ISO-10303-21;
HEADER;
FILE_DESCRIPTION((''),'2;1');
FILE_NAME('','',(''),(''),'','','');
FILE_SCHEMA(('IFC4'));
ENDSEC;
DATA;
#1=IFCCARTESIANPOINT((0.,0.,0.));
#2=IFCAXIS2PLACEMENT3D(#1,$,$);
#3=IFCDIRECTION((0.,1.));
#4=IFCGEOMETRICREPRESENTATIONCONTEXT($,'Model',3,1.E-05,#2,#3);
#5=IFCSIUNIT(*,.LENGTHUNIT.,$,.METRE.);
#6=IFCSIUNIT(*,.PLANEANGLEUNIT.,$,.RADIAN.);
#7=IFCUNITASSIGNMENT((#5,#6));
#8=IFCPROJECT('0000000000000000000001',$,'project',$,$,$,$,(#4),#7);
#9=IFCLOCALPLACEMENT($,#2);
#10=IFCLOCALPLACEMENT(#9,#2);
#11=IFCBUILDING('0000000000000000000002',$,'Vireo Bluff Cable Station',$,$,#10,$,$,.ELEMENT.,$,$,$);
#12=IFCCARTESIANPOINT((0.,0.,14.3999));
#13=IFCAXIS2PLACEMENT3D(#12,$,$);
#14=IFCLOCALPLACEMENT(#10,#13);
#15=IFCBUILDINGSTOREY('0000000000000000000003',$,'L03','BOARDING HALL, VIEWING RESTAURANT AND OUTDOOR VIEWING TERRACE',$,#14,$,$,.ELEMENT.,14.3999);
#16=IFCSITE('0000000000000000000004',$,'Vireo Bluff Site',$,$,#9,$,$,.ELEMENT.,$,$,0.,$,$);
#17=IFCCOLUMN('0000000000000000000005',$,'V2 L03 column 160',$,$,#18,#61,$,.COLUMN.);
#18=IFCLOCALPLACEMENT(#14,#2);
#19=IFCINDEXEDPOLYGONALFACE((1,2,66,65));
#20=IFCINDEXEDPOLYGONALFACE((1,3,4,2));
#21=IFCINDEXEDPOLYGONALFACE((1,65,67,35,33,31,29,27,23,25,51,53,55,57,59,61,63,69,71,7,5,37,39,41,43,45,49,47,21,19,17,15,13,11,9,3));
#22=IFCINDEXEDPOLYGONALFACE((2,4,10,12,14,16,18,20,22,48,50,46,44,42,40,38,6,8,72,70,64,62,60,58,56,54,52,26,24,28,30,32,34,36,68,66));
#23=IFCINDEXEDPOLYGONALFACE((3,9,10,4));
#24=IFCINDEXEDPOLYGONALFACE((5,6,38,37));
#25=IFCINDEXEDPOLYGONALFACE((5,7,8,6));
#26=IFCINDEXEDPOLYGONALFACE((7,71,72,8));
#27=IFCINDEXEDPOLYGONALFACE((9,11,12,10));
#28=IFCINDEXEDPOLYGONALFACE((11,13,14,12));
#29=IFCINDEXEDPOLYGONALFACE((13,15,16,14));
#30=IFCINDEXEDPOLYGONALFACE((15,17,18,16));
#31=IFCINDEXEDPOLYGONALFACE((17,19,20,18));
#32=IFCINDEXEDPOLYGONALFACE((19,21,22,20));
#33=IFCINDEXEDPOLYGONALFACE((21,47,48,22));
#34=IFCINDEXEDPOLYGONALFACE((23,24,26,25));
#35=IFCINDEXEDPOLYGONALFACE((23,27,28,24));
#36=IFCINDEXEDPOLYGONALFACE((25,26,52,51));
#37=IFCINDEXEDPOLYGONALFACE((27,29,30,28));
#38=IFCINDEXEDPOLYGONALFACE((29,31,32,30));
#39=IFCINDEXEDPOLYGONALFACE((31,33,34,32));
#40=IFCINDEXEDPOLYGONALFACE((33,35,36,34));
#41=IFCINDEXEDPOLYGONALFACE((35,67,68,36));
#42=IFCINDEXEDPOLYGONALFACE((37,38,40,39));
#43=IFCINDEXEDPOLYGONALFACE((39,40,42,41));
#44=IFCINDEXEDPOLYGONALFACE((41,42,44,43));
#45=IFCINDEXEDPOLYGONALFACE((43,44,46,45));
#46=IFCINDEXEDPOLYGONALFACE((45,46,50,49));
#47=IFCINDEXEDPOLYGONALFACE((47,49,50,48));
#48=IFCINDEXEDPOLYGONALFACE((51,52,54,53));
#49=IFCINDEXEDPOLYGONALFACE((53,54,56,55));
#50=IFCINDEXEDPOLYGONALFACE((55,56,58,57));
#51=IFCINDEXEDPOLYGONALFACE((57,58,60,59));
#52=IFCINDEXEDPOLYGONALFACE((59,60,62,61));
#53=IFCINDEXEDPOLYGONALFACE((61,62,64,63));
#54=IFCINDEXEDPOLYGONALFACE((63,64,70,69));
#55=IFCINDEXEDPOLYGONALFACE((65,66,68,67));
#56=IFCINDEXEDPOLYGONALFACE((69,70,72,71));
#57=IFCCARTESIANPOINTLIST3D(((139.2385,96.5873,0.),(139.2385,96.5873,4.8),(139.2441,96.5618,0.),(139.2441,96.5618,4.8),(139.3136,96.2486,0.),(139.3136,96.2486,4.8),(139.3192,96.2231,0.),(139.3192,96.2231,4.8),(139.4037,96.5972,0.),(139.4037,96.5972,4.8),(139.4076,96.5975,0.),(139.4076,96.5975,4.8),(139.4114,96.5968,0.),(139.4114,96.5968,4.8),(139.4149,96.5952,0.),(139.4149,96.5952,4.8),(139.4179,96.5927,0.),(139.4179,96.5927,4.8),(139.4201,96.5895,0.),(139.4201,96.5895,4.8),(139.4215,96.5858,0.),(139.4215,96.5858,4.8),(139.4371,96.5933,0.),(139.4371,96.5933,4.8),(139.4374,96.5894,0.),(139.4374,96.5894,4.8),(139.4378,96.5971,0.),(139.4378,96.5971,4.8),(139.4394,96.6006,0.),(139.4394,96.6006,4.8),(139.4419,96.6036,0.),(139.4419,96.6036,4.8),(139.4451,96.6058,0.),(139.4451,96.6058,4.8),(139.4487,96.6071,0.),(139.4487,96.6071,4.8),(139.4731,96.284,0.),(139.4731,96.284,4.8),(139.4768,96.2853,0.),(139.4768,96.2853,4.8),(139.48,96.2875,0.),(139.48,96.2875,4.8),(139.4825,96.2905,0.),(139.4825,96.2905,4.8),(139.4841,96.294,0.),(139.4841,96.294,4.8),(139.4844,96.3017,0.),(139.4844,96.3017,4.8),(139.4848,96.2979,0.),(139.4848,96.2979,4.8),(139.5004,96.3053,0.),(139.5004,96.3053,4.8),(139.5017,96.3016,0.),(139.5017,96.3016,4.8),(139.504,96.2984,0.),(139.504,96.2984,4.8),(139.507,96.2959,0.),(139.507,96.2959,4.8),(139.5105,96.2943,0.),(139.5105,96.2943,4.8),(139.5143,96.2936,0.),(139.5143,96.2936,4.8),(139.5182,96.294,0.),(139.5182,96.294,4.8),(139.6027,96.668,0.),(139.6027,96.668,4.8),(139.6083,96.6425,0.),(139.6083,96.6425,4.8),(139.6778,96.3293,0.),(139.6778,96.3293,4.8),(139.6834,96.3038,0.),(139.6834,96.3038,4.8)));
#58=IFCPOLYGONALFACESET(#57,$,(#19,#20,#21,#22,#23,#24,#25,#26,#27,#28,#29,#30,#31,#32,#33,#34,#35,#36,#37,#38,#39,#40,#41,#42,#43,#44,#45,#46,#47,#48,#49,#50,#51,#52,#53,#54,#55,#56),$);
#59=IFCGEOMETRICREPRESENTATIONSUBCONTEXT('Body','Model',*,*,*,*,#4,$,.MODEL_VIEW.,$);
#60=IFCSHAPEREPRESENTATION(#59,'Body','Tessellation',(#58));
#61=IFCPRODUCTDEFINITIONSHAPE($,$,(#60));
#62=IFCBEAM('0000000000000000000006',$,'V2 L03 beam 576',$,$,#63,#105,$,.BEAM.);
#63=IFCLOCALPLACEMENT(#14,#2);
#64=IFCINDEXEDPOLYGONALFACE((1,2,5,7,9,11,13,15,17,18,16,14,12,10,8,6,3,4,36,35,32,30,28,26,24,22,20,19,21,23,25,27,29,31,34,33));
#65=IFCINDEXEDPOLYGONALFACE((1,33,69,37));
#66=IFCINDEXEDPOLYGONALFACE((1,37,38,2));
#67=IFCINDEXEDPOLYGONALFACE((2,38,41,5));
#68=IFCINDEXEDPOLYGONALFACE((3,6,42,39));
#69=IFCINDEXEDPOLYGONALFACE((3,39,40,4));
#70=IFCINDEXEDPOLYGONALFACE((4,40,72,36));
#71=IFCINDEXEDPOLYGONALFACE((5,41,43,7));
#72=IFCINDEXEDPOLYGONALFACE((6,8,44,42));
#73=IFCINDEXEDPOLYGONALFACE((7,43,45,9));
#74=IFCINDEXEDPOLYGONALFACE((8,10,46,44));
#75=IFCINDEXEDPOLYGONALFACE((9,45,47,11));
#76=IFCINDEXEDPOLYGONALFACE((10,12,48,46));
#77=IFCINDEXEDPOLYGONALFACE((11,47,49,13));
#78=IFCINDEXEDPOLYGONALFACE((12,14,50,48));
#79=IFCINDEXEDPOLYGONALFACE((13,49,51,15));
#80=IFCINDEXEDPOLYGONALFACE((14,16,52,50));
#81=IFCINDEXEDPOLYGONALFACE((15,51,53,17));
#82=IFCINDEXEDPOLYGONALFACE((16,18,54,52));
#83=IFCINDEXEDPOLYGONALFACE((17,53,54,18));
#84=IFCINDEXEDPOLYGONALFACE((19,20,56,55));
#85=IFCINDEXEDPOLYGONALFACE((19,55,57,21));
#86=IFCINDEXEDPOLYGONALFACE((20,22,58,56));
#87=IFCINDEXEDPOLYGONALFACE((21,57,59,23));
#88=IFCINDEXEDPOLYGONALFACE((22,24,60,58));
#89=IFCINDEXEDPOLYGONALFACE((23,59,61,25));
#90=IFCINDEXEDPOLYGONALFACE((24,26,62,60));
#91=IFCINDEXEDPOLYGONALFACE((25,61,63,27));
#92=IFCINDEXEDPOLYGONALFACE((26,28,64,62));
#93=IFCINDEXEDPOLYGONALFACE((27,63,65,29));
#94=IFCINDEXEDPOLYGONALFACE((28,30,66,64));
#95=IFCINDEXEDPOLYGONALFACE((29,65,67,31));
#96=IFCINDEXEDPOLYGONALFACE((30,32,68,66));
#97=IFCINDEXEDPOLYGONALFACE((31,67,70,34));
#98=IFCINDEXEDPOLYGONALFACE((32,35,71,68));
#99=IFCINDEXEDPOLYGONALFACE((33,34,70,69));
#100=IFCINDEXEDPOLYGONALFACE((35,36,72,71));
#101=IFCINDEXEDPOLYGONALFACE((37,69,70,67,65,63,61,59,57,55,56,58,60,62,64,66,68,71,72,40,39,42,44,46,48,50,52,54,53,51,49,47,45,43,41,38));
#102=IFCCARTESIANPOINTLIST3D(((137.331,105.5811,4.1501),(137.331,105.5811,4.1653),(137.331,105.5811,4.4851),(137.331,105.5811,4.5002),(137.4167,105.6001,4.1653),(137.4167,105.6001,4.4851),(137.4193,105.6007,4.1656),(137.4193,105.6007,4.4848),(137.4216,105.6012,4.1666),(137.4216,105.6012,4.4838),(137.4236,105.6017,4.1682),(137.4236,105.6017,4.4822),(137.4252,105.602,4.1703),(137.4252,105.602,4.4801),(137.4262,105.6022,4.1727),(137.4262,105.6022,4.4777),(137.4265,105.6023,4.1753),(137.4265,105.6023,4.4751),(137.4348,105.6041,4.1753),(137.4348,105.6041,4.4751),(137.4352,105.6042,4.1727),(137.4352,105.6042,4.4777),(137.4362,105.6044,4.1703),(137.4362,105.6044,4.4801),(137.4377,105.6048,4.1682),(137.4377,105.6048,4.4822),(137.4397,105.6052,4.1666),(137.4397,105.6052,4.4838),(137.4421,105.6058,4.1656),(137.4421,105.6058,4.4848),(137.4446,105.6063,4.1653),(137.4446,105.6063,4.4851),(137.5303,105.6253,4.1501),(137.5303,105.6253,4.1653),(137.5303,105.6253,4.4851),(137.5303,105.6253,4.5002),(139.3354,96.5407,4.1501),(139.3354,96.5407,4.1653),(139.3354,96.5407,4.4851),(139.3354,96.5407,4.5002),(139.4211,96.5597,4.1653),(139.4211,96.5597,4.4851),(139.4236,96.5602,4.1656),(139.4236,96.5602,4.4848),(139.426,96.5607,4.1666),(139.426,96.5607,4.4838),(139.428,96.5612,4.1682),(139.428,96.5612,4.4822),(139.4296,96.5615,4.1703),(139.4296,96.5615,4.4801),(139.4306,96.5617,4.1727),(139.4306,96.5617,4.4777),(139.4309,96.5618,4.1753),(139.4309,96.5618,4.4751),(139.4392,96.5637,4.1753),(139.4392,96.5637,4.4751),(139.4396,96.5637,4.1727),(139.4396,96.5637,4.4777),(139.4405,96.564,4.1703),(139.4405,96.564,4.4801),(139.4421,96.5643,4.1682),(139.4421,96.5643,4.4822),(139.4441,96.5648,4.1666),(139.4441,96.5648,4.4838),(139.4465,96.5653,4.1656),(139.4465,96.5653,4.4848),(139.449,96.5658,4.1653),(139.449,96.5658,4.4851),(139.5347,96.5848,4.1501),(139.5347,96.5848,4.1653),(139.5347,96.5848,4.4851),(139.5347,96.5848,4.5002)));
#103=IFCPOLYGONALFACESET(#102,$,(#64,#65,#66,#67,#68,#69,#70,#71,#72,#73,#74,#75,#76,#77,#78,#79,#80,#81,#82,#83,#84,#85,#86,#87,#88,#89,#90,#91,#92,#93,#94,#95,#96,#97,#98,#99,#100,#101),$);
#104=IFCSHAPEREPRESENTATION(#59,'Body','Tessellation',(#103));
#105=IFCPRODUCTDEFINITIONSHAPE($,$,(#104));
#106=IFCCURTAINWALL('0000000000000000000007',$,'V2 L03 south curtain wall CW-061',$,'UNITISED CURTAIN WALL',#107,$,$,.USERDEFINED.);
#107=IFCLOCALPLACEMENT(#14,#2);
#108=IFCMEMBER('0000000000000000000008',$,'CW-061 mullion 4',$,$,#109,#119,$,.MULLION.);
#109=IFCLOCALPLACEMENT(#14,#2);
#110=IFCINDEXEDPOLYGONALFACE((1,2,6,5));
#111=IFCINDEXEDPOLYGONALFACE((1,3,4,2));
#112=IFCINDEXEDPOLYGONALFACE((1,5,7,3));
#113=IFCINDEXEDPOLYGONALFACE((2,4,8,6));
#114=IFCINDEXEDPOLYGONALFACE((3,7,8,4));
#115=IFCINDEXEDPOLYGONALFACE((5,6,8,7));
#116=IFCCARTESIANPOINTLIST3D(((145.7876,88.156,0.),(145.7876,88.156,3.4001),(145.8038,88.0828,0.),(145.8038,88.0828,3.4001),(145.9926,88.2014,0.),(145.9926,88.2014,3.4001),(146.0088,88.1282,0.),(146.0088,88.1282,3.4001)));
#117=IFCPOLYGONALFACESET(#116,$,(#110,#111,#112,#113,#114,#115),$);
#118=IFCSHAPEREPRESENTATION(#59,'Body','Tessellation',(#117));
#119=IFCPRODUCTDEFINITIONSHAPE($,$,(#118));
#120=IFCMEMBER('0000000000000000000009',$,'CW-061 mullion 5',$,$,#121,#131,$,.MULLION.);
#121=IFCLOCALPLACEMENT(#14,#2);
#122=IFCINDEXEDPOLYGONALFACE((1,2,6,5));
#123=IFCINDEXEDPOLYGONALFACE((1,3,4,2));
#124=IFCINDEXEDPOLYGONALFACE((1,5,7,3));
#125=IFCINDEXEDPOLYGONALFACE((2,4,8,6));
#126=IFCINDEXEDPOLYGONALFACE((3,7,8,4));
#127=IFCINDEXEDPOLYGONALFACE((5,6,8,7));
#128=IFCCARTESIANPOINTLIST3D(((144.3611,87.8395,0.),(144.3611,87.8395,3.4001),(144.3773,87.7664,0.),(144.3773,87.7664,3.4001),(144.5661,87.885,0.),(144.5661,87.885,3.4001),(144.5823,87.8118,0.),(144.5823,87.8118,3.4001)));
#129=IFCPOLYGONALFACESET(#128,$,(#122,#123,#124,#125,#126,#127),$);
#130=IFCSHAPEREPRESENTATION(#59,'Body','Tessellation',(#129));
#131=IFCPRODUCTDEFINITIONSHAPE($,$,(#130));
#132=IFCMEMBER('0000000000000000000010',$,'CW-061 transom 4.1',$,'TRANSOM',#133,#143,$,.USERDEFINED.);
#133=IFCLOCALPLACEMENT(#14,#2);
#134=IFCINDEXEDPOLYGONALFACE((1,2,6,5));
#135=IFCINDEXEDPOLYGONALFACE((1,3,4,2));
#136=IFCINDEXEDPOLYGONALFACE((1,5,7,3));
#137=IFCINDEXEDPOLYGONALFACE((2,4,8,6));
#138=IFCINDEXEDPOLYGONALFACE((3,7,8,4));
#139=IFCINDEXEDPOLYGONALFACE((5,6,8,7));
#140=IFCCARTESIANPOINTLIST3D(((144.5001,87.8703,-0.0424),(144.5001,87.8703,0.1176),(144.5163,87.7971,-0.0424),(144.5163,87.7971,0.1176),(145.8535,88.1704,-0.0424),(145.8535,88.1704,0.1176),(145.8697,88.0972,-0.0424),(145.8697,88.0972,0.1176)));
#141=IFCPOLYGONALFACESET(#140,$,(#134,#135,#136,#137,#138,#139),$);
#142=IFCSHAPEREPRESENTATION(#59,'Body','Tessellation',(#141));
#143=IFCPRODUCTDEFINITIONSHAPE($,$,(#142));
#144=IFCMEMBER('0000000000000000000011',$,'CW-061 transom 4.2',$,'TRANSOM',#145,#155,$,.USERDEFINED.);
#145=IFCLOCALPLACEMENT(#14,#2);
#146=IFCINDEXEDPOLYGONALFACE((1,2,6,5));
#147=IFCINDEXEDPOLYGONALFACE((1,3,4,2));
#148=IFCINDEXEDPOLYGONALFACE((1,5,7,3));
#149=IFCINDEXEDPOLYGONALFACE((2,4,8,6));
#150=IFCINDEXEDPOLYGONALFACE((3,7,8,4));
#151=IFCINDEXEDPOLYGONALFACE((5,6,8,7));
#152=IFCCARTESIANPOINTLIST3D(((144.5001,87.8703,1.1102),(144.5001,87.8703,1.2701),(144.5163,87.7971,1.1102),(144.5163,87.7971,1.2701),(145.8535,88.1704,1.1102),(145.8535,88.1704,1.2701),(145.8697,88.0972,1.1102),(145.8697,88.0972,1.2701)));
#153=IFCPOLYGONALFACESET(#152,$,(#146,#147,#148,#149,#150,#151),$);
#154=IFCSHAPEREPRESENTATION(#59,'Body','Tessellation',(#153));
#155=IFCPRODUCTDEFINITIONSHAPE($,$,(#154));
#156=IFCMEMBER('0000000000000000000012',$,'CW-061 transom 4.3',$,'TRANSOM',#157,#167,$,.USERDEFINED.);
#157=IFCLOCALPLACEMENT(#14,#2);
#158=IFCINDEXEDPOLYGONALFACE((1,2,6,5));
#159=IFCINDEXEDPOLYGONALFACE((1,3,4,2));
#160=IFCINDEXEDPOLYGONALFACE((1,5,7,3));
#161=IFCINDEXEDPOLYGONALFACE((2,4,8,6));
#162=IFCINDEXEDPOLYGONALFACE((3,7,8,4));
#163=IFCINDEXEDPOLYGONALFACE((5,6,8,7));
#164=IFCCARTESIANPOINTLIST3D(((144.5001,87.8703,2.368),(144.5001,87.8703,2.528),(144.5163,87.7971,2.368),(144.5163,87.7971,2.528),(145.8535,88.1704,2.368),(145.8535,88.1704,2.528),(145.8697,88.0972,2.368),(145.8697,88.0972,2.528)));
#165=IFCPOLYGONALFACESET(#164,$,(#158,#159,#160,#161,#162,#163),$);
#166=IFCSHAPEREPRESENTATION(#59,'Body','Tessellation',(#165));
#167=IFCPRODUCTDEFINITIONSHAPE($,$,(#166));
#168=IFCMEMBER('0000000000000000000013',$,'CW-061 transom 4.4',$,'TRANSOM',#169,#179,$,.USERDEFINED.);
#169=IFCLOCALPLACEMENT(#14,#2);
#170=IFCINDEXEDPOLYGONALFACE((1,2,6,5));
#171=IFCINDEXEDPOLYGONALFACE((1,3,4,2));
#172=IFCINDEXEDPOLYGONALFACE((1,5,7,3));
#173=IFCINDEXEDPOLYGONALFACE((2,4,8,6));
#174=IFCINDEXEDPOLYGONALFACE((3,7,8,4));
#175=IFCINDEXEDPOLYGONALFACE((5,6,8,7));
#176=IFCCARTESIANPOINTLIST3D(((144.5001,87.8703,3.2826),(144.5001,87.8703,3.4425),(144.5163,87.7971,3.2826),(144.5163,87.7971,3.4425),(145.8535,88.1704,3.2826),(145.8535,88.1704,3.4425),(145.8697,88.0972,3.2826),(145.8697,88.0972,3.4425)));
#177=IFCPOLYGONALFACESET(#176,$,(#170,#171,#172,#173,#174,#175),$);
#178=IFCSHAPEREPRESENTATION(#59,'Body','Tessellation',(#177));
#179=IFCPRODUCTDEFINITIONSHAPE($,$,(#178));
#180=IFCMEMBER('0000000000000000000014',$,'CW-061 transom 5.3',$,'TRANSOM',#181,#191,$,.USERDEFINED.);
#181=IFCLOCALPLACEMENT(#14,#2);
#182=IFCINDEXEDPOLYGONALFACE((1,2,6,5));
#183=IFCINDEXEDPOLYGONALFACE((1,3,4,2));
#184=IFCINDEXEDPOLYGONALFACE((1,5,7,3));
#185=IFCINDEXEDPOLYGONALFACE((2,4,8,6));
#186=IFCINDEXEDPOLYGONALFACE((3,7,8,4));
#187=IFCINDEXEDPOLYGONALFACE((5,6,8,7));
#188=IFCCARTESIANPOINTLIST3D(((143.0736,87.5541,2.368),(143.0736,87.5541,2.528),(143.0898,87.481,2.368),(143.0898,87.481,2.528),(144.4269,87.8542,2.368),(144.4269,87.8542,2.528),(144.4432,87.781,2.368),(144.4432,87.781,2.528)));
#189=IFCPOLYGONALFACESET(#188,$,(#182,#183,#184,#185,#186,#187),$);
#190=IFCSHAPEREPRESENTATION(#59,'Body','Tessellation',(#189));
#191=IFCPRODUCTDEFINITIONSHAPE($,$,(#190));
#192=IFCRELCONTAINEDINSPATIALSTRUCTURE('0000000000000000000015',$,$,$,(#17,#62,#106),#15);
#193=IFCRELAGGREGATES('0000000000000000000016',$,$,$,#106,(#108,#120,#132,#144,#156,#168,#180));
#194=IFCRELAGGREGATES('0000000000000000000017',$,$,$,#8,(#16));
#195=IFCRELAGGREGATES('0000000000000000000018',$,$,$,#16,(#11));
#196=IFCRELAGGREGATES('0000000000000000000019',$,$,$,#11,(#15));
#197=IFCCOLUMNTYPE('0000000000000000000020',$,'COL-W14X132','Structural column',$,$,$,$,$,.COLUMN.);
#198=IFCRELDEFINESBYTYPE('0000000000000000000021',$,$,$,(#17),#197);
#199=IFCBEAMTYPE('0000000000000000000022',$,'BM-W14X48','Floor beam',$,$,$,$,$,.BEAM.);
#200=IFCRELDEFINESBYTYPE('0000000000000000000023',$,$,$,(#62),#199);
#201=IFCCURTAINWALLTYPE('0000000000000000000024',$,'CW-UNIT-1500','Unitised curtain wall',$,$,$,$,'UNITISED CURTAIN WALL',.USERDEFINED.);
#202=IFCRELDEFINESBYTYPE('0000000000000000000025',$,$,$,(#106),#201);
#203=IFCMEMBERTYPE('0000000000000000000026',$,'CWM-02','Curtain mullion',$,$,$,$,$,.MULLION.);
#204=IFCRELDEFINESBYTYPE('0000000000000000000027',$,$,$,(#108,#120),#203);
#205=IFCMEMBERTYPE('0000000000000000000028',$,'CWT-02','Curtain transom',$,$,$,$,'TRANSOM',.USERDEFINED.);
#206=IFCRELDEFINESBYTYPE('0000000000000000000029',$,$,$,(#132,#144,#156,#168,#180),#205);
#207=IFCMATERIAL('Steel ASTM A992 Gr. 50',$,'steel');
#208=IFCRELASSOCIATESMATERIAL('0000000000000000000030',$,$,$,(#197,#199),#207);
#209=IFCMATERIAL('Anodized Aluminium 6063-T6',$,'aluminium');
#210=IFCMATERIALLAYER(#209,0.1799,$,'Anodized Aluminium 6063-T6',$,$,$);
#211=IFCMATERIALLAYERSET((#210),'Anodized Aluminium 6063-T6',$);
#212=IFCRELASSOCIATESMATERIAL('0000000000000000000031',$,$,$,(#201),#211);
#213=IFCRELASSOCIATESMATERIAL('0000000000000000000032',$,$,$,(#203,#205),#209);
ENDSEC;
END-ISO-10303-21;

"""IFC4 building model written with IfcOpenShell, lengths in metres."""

from ifc_helpers import new_model, si_unit, direction, frame, origin, origin_2d, place, context, subcontext, project, spatial, rectangle, i_section, extrude, material, layer, layer_set, material_profile, profile_set, type_object, element, aggregate, save


model = new_model("IFC4")

# Units and contexts
model_context = context("Model", 3, precision=1e-05, world=origin(), true_north=direction((0.0, 1.0)))
body_context = subcontext(model_context, "Body", "Model", "MODEL_VIEW")
ifc_project = project(units=[si_unit("LENGTHUNIT", "METRE"), si_unit("PLANEANGLEUNIT", "RADIAN")], contexts=[model_context])

# Site, building, storey
site_placement = place(None, origin())
site = spatial("IfcSite", under=ifc_project, at=site_placement, Name="Vireo Bluff Site", CompositionType="ELEMENT", RefElevation=0.0)
building_placement = place(site_placement, origin())
building = spatial("IfcBuilding", under=site, at=building_placement, Name="Vireo Bluff Cable Station", CompositionType="ELEMENT")
storey_placement = place(building_placement, frame((0.0, 0.0, 14.3999)))
storey = spatial("IfcBuildingStorey", under=building, at=storey_placement, Name="L03", Description="BOARDING HALL, VIEWING RESTAURANT AND OUTDOOR VIEWING TERRACE", CompositionType="ELEMENT", Elevation=14.3999)

# Column
ifc_material_1 = material(Name="Steel ASTM A992 Gr. 50", Category="steel")
ifc_material_profile_1 = material_profile(ifc_material_1, i_section(OverallWidth=0.373, OverallDepth=0.373, WebThickness=0.0164, FlangeThickness=0.0261, FilletRadius=0.0149, at=origin_2d()), Name="W14X132")
ifc_profile_set_1 = profile_set([ifc_material_profile_1], Name="Steel ASTM A992 Gr. 50")
column_type = type_object("IfcColumnType", Name="COL-W14X132", Description="Structural column", PredefinedType="COLUMN", material=ifc_profile_set_1)
column_placement = place(storey_placement, frame((139.4609, 96.4456, 0.0), z_axis=(0.0, 0.0, 1.0), x_axis=(0.976296, 0.21644, 0.0)))
element("IfcColumn", 1, at=column_placement, inside=storey, type_object=column_type, Name="V2 L03 column 160", PredefinedType="COLUMN", context=body_context, shape_type="SweptSolid", body=[
    extrude(i_section(OverallWidth=0.373, OverallDepth=0.373, WebThickness=0.0164, FlangeThickness=0.0261, FilletRadius=0.0149, at=origin_2d()), origin(), (0.0, 0.0, 1.0), 4.8),
])

# Beam
ifc_material_profile_2 = material_profile(ifc_material_1, i_section(OverallWidth=0.2041, OverallDepth=0.3501, WebThickness=0.0085, FlangeThickness=0.0151, FilletRadius=0.01, at=origin_2d()), Name="W14X48")
ifc_profile_set_2 = profile_set([ifc_material_profile_2], Name="Steel ASTM A992 Gr. 50")
beam_type_1 = type_object("IfcBeamType", Name="BM-W14X48", Description="Floor beam", PredefinedType="BEAM", material=ifc_profile_set_2)
beam_1_placement = place(storey_placement, frame((139.4351, 96.5627, 4.3252), z_axis=(-0.216456, 0.976292, 0.0), x_axis=(-0.976292, -0.216456, 0.0)))
element("IfcBeam", 2, at=beam_1_placement, inside=storey, type_object=beam_type_1, Name="V2 L03 beam 576", PredefinedType="BEAM", context=body_context, shape_type="SweptSolid", body=[
    extrude(i_section(OverallWidth=0.2041, OverallDepth=0.3501, WebThickness=0.0085, FlangeThickness=0.0151, FilletRadius=0.01, at=origin_2d()), origin(), (0.0, 0.0, 1.0), 9.26),
])

# Curtain wall, members
ifc_material_2 = material(Name="Anodized Aluminium 6063-T6", Category="aluminium")
ifc_layer_1 = layer(ifc_material_2, 0.1799, Name="Anodized Aluminium 6063-T6")
ifc_layer_set_1 = layer_set([ifc_layer_1], Name="Anodized Aluminium 6063-T6")
curtain_wall_type = type_object("IfcCurtainWallType", Name="CW-UNIT-1500", Description="Unitised curtain wall", ElementType="UNITISED CURTAIN WALL", PredefinedType="USERDEFINED", material=ifc_layer_set_1)
curtain_wall_placement = place(storey_placement, origin())
curtain_wall = element("IfcCurtainWall", 3, at=curtain_wall_placement, inside=storey, type_object=curtain_wall_type, Name="V2 L03 south curtain wall CW-061", ObjectType="UNITISED CURTAIN WALL", PredefinedType="USERDEFINED")
ifc_material_profile_3 = material_profile(ifc_material_2, rectangle(XDim=0.075, YDim=0.21, at=origin_2d()), Name="ALU-M-75X210")
ifc_profile_set_3 = profile_set([ifc_material_profile_3], Name="Anodized Aluminium 6063-T6")
member_type_1 = type_object("IfcMemberType", Name="CWM-02", Description="Curtain mullion", PredefinedType="MULLION", material=ifc_profile_set_3)
member_1_placement = place(storey_placement, frame((145.8982, 88.1421, 0.0), z_axis=(0.0, 0.0, 1.0), x_axis=(0.21644, -0.976296, 0.0)))
member_1 = element("IfcMember", 4, at=member_1_placement, type_object=member_type_1, Name="CW-061 mullion 4", PredefinedType="MULLION", context=body_context, shape_type="SweptSolid", body=[
    extrude(rectangle(XDim=0.075, YDim=0.21, at=origin_2d()), origin(), (0.0, 0.0, 1.0), 3.4001),
])
member_2_placement = place(storey_placement, frame((144.4717, 87.8257, 0.0), z_axis=(0.0, 0.0, 1.0), x_axis=(0.21644, -0.976296, 0.0)))
member_2 = element("IfcMember", 5, at=member_2_placement, type_object=member_type_1, Name="CW-061 mullion 5", PredefinedType="MULLION", context=body_context, shape_type="SweptSolid", body=[
    extrude(rectangle(XDim=0.075, YDim=0.21, at=origin_2d()), origin(), (0.0, 0.0, 1.0), 3.4001),
])
ifc_material_profile_4 = material_profile(ifc_material_2, rectangle(XDim=0.075, YDim=0.1599, at=origin_2d()), Name="ALU-T-75X160")
ifc_profile_set_4 = profile_set([ifc_material_profile_4], Name="Anodized Aluminium 6063-T6")
member_type_2 = type_object("IfcMemberType", Name="CWT-02", Description="Curtain transom", ElementType="TRANSOM", PredefinedType="USERDEFINED", material=ifc_profile_set_4)
member_3_placement = place(storey_placement, frame((145.8616, 88.1338, 0.0376), z_axis=(-0.976291, -0.216464, 0.0), x_axis=(0.216464, -0.976291, 0.0)))
member_3 = element("IfcMember", 6, at=member_3_placement, type_object=member_type_2, Name="CW-061 transom 4.1", ObjectType="TRANSOM", PredefinedType="USERDEFINED", context=body_context, shape_type="SweptSolid", body=[
    extrude(rectangle(XDim=0.075, YDim=0.1599, at=origin_2d()), origin(), (0.0, 0.0, 1.0), 1.3862),
])
member_4_placement = place(storey_placement, frame((145.8616, 88.1338, 1.1902), z_axis=(-0.976291, -0.216464, 0.0), x_axis=(0.216464, -0.976291, 0.0)))
member_4 = element("IfcMember", 7, at=member_4_placement, type_object=member_type_2, Name="CW-061 transom 4.2", ObjectType="TRANSOM", PredefinedType="USERDEFINED", context=body_context, shape_type="SweptSolid", body=[
    extrude(rectangle(XDim=0.075, YDim=0.1599, at=origin_2d()), origin(), (0.0, 0.0, 1.0), 1.3862),
])
member_5_placement = place(storey_placement, frame((145.8616, 88.1338, 2.448), z_axis=(-0.976291, -0.216464, 0.0), x_axis=(0.216464, -0.976291, 0.0)))
member_5 = element("IfcMember", 8, at=member_5_placement, type_object=member_type_2, Name="CW-061 transom 4.3", ObjectType="TRANSOM", PredefinedType="USERDEFINED", context=body_context, shape_type="SweptSolid", body=[
    extrude(rectangle(XDim=0.075, YDim=0.1599, at=origin_2d()), origin(), (0.0, 0.0, 1.0), 1.3862),
])
member_6_placement = place(storey_placement, frame((145.8616, 88.1338, 3.3625), z_axis=(-0.976291, -0.216464, 0.0), x_axis=(0.216464, -0.976291, 0.0)))
member_6 = element("IfcMember", 9, at=member_6_placement, type_object=member_type_2, Name="CW-061 transom 4.4", ObjectType="TRANSOM", PredefinedType="USERDEFINED", context=body_context, shape_type="SweptSolid", body=[
    extrude(rectangle(XDim=0.075, YDim=0.1599, at=origin_2d()), origin(), (0.0, 0.0, 1.0), 1.3862),
])
member_7_placement = place(storey_placement, frame((144.4351, 87.8176, 2.448), z_axis=(-0.976291, -0.216464, 0.0), x_axis=(0.216464, -0.976291, 0.0)))
member_7 = element("IfcMember", 10, at=member_7_placement, type_object=member_type_2, Name="CW-061 transom 5.3", ObjectType="TRANSOM", PredefinedType="USERDEFINED", context=body_context, shape_type="SweptSolid", body=[
    extrude(rectangle(XDim=0.075, YDim=0.1599, at=origin_2d()), origin(), (0.0, 0.0, 1.0), 1.3862),
])

aggregate(curtain_wall, [member_1, member_2, member_3, member_4, member_5, member_6, member_7])

save(model, "model.ifc")
